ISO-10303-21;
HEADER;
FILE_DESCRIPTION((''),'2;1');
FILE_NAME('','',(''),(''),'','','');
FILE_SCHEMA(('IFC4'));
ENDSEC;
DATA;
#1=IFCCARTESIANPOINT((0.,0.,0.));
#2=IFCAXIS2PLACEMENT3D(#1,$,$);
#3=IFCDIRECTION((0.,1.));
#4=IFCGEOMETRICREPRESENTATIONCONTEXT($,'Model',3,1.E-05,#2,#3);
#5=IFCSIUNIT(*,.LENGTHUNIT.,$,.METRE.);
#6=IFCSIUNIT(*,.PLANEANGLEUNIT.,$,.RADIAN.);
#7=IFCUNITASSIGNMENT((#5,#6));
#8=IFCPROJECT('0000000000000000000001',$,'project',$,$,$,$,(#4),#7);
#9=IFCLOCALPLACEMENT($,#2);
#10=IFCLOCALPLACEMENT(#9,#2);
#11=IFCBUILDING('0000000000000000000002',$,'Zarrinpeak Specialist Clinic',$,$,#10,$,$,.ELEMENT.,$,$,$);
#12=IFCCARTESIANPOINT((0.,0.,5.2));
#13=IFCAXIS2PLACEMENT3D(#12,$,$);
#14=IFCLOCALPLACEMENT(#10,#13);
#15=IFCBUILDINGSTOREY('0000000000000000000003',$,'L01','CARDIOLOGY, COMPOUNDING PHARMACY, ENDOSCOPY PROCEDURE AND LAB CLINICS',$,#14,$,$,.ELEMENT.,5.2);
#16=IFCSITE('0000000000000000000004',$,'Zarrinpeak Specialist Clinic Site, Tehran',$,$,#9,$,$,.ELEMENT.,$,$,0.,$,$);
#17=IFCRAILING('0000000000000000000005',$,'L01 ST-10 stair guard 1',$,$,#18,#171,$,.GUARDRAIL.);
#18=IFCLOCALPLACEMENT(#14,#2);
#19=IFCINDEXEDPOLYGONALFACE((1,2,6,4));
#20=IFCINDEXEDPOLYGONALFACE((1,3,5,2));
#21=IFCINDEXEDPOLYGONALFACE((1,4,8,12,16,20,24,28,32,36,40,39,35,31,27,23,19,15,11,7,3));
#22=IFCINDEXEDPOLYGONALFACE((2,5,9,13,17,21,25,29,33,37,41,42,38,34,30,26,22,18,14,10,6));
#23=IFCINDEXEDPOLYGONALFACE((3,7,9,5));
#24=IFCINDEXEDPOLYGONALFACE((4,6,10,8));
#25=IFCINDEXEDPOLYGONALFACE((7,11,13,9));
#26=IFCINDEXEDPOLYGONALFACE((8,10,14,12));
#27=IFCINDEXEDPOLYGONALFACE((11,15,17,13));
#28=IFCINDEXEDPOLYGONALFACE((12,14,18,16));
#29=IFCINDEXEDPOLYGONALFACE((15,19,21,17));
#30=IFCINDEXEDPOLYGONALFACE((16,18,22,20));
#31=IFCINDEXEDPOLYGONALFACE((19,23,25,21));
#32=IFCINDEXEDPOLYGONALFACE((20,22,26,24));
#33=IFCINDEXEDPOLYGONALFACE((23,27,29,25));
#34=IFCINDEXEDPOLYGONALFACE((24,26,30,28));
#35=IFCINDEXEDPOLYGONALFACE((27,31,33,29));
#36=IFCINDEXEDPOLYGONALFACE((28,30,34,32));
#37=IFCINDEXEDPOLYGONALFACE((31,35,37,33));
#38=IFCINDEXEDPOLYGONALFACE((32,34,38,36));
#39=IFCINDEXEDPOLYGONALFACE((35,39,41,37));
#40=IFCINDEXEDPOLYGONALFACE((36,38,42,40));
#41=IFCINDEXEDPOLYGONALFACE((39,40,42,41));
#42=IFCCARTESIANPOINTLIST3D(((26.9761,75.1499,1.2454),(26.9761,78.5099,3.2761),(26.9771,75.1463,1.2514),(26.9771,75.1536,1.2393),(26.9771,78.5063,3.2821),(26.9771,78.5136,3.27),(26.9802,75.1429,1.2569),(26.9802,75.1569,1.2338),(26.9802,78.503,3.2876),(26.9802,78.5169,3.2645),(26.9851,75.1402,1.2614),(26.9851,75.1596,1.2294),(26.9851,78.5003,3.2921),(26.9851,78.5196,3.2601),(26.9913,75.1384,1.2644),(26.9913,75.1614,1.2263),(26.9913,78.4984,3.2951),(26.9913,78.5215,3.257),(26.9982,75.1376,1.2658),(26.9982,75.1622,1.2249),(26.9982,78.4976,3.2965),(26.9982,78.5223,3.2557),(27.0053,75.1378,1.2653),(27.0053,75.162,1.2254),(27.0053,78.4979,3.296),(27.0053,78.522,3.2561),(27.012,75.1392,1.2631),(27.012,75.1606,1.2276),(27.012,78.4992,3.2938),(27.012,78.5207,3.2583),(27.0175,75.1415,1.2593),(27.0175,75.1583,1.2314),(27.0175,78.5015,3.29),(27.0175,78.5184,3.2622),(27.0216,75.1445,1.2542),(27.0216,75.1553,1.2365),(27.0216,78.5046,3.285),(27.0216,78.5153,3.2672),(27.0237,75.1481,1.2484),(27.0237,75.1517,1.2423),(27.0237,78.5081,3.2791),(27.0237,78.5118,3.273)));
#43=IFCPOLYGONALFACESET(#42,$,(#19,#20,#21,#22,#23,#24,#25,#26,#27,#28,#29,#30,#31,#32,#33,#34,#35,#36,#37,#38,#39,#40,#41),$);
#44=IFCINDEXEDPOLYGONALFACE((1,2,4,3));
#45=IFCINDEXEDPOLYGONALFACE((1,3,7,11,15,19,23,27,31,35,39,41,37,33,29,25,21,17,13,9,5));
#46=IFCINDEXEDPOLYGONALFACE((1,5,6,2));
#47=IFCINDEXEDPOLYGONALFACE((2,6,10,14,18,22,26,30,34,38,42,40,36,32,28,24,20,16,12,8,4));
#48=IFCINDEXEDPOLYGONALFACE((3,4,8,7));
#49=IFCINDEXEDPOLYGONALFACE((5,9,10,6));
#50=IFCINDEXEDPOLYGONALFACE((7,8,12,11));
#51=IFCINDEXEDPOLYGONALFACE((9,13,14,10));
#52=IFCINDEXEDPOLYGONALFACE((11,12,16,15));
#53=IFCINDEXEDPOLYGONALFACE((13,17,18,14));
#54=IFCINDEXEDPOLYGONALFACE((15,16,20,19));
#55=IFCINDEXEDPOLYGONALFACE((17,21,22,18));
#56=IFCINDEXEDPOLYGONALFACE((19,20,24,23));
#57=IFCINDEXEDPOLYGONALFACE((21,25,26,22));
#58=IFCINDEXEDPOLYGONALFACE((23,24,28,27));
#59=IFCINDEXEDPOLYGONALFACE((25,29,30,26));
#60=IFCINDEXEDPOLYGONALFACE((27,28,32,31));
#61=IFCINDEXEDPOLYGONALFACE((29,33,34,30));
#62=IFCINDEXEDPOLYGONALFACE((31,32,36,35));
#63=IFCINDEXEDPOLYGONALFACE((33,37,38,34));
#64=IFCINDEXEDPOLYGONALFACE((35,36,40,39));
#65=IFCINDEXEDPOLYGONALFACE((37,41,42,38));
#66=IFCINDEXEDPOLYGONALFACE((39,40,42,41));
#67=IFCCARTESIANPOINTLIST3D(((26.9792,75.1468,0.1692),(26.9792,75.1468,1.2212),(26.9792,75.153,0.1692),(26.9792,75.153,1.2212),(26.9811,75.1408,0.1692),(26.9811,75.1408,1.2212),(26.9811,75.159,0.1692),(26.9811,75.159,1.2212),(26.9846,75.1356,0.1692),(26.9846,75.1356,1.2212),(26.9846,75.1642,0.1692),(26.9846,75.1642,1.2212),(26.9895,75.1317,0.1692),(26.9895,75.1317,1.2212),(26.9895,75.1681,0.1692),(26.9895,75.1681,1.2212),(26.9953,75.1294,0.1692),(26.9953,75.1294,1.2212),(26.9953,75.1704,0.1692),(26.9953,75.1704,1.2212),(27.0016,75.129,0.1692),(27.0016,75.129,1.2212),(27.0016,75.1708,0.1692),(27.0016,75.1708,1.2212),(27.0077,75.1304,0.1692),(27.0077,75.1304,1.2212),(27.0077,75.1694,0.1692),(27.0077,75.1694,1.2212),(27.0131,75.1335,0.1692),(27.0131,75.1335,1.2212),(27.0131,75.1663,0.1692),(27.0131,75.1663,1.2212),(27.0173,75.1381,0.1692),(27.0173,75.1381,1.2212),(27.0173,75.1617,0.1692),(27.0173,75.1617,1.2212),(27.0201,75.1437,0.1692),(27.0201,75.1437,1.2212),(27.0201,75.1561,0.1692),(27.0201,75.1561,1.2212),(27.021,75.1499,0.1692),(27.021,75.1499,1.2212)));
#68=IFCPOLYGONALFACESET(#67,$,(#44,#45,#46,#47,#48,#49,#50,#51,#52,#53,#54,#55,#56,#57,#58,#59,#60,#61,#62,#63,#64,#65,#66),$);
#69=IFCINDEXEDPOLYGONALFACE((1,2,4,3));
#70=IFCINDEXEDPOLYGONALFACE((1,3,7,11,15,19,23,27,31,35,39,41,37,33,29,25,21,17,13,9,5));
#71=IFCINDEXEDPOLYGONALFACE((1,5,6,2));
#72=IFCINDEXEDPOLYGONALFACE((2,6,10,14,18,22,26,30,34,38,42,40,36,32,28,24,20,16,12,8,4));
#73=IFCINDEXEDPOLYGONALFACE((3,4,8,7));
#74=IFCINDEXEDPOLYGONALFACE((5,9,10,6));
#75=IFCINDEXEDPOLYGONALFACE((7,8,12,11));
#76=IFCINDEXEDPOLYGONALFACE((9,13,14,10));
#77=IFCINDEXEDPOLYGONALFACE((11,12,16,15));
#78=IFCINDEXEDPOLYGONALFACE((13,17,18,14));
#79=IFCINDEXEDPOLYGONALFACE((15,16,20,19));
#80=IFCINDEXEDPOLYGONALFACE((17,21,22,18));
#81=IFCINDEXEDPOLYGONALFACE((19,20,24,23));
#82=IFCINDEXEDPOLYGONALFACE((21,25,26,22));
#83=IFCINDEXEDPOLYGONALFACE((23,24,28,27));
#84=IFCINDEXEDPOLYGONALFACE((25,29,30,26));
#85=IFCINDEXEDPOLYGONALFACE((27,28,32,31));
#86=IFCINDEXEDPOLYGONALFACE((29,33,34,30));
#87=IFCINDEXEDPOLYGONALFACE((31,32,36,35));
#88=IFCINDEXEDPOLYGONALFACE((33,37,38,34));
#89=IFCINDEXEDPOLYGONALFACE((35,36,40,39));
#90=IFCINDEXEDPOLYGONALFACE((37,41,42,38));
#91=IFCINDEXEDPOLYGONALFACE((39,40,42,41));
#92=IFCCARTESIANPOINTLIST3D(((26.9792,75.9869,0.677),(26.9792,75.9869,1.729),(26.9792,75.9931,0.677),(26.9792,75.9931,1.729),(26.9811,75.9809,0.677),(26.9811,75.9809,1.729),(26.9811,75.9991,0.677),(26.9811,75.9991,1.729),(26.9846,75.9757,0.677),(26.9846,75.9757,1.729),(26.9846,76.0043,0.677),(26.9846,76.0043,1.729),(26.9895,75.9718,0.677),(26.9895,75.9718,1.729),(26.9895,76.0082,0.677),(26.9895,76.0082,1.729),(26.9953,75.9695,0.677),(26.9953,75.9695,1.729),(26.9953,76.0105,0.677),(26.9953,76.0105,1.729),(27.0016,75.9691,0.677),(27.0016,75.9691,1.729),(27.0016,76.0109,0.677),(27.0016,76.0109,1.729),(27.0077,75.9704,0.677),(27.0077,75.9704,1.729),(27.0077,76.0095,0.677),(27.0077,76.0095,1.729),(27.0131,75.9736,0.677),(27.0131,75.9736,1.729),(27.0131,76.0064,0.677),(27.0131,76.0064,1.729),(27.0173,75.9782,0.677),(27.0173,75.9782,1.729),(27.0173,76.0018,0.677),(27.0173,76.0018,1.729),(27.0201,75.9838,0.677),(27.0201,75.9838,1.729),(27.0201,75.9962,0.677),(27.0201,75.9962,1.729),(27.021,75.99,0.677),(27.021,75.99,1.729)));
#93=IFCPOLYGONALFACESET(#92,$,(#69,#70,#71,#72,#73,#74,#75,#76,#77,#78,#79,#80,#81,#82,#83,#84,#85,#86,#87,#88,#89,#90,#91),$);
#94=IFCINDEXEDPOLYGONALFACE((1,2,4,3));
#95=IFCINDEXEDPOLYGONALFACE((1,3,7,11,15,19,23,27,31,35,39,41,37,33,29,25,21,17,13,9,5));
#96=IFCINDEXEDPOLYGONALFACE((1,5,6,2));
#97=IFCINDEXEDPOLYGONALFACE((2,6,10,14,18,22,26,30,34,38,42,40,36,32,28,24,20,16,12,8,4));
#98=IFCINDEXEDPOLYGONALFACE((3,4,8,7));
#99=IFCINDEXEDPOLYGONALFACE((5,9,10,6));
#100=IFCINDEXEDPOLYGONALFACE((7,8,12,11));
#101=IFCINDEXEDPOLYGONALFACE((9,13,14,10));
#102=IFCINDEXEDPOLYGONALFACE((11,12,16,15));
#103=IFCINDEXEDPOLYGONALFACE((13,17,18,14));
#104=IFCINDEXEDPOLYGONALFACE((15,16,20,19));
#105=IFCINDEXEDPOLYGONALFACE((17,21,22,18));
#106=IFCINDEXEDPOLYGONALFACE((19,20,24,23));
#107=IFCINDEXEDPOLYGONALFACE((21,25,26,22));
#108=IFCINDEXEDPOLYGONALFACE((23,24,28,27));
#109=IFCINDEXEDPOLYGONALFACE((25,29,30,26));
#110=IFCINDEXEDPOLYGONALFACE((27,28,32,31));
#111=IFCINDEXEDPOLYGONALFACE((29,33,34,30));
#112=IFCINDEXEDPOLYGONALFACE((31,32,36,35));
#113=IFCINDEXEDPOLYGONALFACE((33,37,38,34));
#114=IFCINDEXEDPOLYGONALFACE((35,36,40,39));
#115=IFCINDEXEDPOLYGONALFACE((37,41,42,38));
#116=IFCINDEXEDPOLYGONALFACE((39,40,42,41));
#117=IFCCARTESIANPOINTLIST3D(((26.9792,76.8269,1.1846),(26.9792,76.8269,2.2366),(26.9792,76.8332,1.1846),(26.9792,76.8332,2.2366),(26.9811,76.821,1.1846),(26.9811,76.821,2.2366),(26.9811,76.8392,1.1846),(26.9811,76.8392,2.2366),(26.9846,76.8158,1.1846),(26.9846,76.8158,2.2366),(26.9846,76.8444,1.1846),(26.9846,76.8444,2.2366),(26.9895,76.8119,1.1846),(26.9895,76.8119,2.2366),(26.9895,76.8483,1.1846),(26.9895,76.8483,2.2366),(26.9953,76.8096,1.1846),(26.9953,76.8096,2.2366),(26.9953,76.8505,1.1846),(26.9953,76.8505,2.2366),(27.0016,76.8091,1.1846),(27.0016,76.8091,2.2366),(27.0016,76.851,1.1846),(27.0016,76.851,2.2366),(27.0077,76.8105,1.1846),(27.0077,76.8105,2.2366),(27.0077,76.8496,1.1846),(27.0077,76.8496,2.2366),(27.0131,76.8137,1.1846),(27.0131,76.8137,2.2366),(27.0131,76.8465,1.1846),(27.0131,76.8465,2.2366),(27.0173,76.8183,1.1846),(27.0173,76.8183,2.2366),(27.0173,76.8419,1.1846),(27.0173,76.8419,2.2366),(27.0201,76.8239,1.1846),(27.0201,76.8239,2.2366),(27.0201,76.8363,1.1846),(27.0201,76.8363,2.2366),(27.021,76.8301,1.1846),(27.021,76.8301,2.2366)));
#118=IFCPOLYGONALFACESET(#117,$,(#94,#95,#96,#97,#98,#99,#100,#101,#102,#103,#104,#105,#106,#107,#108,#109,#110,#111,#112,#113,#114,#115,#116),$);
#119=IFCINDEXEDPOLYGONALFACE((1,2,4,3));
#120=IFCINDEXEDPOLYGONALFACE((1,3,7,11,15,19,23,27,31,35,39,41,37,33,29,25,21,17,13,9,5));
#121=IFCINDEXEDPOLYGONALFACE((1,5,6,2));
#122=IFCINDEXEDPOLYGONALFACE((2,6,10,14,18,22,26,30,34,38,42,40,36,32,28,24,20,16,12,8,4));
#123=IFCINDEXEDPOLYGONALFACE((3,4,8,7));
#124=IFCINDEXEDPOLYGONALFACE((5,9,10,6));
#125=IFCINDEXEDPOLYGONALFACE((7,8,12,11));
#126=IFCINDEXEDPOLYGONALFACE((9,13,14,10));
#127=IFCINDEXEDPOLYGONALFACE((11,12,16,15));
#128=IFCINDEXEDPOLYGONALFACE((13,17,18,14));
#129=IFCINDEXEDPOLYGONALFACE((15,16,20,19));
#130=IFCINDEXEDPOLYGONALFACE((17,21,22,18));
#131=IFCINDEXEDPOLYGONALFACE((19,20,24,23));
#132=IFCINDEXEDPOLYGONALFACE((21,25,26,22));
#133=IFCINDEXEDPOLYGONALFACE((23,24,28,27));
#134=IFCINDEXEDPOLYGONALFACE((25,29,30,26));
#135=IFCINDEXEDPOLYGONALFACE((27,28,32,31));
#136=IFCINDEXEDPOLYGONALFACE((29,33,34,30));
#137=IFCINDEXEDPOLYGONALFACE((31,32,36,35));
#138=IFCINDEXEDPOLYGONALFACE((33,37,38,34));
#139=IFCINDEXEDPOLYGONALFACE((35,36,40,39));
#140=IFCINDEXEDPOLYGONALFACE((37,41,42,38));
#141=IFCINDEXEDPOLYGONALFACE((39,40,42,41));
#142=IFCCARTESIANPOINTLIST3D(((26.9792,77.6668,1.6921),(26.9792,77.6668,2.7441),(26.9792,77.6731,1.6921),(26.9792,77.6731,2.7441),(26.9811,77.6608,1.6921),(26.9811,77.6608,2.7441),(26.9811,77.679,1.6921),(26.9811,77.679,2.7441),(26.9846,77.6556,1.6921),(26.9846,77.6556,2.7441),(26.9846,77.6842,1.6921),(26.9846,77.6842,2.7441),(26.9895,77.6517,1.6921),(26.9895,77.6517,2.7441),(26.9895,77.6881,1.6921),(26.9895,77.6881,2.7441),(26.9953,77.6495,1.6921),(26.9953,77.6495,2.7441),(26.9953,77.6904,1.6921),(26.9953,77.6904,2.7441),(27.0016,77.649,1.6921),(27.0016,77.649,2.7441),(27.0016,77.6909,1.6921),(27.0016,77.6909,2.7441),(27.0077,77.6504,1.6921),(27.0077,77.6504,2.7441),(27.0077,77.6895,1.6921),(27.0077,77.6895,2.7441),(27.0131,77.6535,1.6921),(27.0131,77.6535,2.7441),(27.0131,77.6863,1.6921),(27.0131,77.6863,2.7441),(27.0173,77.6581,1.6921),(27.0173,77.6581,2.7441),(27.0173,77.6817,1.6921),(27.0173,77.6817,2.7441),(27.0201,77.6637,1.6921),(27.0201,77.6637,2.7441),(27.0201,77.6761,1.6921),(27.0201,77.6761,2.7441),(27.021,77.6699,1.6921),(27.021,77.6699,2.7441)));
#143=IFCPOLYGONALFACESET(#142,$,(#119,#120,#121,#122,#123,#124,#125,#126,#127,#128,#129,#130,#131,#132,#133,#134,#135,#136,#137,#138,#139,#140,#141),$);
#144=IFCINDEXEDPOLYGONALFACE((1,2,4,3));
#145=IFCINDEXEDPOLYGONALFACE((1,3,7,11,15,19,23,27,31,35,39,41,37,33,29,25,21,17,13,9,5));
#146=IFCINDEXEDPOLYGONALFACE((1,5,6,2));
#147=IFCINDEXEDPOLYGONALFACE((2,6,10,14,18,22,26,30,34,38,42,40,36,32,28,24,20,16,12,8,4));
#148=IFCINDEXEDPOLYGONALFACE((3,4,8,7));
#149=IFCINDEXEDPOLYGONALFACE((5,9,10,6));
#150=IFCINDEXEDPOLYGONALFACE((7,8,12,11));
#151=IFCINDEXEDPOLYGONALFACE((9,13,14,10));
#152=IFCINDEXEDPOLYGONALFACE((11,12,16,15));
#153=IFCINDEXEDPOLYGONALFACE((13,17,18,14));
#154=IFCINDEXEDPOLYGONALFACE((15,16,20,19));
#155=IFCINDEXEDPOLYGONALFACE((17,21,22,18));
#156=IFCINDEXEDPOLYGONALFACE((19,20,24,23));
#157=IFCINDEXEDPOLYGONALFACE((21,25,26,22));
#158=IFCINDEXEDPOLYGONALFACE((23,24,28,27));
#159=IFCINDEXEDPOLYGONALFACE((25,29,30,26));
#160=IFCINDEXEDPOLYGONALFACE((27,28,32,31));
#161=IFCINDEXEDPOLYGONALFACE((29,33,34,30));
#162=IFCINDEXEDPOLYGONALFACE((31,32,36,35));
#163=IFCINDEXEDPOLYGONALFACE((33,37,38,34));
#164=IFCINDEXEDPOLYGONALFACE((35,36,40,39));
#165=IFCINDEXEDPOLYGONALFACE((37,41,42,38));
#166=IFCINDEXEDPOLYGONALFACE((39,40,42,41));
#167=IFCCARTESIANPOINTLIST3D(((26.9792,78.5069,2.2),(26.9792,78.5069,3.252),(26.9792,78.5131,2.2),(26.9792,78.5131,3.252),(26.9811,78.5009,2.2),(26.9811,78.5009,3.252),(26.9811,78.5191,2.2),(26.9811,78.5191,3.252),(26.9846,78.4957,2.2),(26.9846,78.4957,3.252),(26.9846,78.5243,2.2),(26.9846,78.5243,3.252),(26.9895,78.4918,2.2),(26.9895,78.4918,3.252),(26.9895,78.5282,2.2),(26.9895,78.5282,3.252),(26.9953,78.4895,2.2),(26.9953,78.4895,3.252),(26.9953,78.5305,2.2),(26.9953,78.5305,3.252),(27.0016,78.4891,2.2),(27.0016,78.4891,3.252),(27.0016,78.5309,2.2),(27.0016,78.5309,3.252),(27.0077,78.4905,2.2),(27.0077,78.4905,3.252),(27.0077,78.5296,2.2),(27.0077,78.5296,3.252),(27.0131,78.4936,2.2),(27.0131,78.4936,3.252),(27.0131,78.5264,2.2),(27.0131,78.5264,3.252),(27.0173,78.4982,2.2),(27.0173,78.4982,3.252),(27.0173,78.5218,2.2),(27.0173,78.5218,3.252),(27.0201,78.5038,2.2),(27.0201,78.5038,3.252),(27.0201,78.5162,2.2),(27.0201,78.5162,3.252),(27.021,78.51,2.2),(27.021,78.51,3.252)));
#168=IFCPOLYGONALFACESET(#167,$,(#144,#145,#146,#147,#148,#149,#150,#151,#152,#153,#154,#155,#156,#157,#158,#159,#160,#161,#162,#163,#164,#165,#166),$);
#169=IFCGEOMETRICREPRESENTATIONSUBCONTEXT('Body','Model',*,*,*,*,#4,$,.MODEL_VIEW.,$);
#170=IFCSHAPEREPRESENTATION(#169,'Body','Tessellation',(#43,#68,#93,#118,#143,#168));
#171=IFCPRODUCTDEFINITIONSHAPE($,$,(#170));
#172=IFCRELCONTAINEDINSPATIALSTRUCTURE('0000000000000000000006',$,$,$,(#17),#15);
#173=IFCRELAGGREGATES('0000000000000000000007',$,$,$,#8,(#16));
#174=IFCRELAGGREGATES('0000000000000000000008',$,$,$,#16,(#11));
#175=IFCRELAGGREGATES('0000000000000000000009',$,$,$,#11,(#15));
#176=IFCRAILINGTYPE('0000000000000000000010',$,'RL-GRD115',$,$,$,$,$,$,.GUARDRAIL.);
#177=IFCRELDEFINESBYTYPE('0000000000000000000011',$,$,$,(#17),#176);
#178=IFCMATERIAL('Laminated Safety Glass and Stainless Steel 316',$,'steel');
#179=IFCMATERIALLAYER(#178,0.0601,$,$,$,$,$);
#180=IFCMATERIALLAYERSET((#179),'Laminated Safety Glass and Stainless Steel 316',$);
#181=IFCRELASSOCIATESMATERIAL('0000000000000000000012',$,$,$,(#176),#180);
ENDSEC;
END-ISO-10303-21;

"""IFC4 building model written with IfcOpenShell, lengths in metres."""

from ifc_helpers import new_model, si_unit, direction, frame, origin, origin_2d, place, context, subcontext, project, spatial, circle, extrude, material, layer, layer_set, type_object, element, save


model = new_model("IFC4")

# Units and contexts
model_context = context("Model", 3, precision=1e-05, world=origin(), true_north=direction((0.0, 1.0)))
body_context = subcontext(model_context, "Body", "Model", "MODEL_VIEW")
ifc_project = project(units=[si_unit("LENGTHUNIT", "METRE"), si_unit("PLANEANGLEUNIT", "RADIAN")], contexts=[model_context])

# Site, building, storey
site_placement = place(None, origin())
site = spatial("IfcSite", under=ifc_project, at=site_placement, Name="Zarrinpeak Specialist Clinic Site, Tehran", CompositionType="ELEMENT", RefElevation=0.0)
building_placement = place(site_placement, origin())
building = spatial("IfcBuilding", under=site, at=building_placement, Name="Zarrinpeak Specialist Clinic", CompositionType="ELEMENT")
storey_placement = place(building_placement, frame((0.0, 0.0, 5.2)))
storey = spatial("IfcBuildingStorey", under=building, at=storey_placement, Name="L01", Description="CARDIOLOGY, COMPOUNDING PHARMACY, ENDOSCOPY PROCEDURE AND LAB CLINICS", CompositionType="ELEMENT", Elevation=5.2)

# Railing
ifc_material_1 = material(Name="Laminated Safety Glass and Stainless Steel 316", Category="steel")
ifc_layer_1 = layer(ifc_material_1, 0.0601)
ifc_layer_set_1 = layer_set([ifc_layer_1], Name="Laminated Safety Glass and Stainless Steel 316")
railing_type_1 = type_object("IfcRailingType", Name="RL-GRD115", PredefinedType="GUARDRAIL", material=ifc_layer_set_1)
railing_1_placement = place(storey_placement, frame((27.0, 75.1499, 0.1692)))
element("IfcRailing", 1, at=railing_1_placement, inside=storey, type_object=railing_type_1, Name="L01 ST-10 stair guard 1", PredefinedType="GUARDRAIL", context=body_context, shape_type="SweptSolid", body=[
    extrude(circle(Radius=0.0239, at=origin_2d()), frame((0.0, 0.0, 1.0762), z_axis=(0.0, 0.855837, 0.517246), x_axis=(-1.0, 0.0, 0.0)), (0.0, 0.0, 1.0), 3.926),
    extrude(circle(Radius=0.021, at=origin_2d()), origin(), (0.0, 0.0, 1.0), 1.052),
    extrude(circle(Radius=0.021, at=origin_2d()), frame((0.0, 0.8401, 0.5078)), (0.0, 0.0, 1.0), 1.052),
    extrude(circle(Radius=0.021, at=origin_2d()), frame((0.0, 1.6802, 1.0154)), (0.0, 0.0, 1.0), 1.052),
    extrude(circle(Radius=0.021, at=origin_2d()), frame((0.0, 2.52, 1.5229)), (0.0, 0.0, 1.0), 1.052),
    extrude(circle(Radius=0.021, at=origin_2d()), frame((0.0, 3.3601, 2.0308)), (0.0, 0.0, 1.0), 1.052),
])

save(model, "model.ifc")
